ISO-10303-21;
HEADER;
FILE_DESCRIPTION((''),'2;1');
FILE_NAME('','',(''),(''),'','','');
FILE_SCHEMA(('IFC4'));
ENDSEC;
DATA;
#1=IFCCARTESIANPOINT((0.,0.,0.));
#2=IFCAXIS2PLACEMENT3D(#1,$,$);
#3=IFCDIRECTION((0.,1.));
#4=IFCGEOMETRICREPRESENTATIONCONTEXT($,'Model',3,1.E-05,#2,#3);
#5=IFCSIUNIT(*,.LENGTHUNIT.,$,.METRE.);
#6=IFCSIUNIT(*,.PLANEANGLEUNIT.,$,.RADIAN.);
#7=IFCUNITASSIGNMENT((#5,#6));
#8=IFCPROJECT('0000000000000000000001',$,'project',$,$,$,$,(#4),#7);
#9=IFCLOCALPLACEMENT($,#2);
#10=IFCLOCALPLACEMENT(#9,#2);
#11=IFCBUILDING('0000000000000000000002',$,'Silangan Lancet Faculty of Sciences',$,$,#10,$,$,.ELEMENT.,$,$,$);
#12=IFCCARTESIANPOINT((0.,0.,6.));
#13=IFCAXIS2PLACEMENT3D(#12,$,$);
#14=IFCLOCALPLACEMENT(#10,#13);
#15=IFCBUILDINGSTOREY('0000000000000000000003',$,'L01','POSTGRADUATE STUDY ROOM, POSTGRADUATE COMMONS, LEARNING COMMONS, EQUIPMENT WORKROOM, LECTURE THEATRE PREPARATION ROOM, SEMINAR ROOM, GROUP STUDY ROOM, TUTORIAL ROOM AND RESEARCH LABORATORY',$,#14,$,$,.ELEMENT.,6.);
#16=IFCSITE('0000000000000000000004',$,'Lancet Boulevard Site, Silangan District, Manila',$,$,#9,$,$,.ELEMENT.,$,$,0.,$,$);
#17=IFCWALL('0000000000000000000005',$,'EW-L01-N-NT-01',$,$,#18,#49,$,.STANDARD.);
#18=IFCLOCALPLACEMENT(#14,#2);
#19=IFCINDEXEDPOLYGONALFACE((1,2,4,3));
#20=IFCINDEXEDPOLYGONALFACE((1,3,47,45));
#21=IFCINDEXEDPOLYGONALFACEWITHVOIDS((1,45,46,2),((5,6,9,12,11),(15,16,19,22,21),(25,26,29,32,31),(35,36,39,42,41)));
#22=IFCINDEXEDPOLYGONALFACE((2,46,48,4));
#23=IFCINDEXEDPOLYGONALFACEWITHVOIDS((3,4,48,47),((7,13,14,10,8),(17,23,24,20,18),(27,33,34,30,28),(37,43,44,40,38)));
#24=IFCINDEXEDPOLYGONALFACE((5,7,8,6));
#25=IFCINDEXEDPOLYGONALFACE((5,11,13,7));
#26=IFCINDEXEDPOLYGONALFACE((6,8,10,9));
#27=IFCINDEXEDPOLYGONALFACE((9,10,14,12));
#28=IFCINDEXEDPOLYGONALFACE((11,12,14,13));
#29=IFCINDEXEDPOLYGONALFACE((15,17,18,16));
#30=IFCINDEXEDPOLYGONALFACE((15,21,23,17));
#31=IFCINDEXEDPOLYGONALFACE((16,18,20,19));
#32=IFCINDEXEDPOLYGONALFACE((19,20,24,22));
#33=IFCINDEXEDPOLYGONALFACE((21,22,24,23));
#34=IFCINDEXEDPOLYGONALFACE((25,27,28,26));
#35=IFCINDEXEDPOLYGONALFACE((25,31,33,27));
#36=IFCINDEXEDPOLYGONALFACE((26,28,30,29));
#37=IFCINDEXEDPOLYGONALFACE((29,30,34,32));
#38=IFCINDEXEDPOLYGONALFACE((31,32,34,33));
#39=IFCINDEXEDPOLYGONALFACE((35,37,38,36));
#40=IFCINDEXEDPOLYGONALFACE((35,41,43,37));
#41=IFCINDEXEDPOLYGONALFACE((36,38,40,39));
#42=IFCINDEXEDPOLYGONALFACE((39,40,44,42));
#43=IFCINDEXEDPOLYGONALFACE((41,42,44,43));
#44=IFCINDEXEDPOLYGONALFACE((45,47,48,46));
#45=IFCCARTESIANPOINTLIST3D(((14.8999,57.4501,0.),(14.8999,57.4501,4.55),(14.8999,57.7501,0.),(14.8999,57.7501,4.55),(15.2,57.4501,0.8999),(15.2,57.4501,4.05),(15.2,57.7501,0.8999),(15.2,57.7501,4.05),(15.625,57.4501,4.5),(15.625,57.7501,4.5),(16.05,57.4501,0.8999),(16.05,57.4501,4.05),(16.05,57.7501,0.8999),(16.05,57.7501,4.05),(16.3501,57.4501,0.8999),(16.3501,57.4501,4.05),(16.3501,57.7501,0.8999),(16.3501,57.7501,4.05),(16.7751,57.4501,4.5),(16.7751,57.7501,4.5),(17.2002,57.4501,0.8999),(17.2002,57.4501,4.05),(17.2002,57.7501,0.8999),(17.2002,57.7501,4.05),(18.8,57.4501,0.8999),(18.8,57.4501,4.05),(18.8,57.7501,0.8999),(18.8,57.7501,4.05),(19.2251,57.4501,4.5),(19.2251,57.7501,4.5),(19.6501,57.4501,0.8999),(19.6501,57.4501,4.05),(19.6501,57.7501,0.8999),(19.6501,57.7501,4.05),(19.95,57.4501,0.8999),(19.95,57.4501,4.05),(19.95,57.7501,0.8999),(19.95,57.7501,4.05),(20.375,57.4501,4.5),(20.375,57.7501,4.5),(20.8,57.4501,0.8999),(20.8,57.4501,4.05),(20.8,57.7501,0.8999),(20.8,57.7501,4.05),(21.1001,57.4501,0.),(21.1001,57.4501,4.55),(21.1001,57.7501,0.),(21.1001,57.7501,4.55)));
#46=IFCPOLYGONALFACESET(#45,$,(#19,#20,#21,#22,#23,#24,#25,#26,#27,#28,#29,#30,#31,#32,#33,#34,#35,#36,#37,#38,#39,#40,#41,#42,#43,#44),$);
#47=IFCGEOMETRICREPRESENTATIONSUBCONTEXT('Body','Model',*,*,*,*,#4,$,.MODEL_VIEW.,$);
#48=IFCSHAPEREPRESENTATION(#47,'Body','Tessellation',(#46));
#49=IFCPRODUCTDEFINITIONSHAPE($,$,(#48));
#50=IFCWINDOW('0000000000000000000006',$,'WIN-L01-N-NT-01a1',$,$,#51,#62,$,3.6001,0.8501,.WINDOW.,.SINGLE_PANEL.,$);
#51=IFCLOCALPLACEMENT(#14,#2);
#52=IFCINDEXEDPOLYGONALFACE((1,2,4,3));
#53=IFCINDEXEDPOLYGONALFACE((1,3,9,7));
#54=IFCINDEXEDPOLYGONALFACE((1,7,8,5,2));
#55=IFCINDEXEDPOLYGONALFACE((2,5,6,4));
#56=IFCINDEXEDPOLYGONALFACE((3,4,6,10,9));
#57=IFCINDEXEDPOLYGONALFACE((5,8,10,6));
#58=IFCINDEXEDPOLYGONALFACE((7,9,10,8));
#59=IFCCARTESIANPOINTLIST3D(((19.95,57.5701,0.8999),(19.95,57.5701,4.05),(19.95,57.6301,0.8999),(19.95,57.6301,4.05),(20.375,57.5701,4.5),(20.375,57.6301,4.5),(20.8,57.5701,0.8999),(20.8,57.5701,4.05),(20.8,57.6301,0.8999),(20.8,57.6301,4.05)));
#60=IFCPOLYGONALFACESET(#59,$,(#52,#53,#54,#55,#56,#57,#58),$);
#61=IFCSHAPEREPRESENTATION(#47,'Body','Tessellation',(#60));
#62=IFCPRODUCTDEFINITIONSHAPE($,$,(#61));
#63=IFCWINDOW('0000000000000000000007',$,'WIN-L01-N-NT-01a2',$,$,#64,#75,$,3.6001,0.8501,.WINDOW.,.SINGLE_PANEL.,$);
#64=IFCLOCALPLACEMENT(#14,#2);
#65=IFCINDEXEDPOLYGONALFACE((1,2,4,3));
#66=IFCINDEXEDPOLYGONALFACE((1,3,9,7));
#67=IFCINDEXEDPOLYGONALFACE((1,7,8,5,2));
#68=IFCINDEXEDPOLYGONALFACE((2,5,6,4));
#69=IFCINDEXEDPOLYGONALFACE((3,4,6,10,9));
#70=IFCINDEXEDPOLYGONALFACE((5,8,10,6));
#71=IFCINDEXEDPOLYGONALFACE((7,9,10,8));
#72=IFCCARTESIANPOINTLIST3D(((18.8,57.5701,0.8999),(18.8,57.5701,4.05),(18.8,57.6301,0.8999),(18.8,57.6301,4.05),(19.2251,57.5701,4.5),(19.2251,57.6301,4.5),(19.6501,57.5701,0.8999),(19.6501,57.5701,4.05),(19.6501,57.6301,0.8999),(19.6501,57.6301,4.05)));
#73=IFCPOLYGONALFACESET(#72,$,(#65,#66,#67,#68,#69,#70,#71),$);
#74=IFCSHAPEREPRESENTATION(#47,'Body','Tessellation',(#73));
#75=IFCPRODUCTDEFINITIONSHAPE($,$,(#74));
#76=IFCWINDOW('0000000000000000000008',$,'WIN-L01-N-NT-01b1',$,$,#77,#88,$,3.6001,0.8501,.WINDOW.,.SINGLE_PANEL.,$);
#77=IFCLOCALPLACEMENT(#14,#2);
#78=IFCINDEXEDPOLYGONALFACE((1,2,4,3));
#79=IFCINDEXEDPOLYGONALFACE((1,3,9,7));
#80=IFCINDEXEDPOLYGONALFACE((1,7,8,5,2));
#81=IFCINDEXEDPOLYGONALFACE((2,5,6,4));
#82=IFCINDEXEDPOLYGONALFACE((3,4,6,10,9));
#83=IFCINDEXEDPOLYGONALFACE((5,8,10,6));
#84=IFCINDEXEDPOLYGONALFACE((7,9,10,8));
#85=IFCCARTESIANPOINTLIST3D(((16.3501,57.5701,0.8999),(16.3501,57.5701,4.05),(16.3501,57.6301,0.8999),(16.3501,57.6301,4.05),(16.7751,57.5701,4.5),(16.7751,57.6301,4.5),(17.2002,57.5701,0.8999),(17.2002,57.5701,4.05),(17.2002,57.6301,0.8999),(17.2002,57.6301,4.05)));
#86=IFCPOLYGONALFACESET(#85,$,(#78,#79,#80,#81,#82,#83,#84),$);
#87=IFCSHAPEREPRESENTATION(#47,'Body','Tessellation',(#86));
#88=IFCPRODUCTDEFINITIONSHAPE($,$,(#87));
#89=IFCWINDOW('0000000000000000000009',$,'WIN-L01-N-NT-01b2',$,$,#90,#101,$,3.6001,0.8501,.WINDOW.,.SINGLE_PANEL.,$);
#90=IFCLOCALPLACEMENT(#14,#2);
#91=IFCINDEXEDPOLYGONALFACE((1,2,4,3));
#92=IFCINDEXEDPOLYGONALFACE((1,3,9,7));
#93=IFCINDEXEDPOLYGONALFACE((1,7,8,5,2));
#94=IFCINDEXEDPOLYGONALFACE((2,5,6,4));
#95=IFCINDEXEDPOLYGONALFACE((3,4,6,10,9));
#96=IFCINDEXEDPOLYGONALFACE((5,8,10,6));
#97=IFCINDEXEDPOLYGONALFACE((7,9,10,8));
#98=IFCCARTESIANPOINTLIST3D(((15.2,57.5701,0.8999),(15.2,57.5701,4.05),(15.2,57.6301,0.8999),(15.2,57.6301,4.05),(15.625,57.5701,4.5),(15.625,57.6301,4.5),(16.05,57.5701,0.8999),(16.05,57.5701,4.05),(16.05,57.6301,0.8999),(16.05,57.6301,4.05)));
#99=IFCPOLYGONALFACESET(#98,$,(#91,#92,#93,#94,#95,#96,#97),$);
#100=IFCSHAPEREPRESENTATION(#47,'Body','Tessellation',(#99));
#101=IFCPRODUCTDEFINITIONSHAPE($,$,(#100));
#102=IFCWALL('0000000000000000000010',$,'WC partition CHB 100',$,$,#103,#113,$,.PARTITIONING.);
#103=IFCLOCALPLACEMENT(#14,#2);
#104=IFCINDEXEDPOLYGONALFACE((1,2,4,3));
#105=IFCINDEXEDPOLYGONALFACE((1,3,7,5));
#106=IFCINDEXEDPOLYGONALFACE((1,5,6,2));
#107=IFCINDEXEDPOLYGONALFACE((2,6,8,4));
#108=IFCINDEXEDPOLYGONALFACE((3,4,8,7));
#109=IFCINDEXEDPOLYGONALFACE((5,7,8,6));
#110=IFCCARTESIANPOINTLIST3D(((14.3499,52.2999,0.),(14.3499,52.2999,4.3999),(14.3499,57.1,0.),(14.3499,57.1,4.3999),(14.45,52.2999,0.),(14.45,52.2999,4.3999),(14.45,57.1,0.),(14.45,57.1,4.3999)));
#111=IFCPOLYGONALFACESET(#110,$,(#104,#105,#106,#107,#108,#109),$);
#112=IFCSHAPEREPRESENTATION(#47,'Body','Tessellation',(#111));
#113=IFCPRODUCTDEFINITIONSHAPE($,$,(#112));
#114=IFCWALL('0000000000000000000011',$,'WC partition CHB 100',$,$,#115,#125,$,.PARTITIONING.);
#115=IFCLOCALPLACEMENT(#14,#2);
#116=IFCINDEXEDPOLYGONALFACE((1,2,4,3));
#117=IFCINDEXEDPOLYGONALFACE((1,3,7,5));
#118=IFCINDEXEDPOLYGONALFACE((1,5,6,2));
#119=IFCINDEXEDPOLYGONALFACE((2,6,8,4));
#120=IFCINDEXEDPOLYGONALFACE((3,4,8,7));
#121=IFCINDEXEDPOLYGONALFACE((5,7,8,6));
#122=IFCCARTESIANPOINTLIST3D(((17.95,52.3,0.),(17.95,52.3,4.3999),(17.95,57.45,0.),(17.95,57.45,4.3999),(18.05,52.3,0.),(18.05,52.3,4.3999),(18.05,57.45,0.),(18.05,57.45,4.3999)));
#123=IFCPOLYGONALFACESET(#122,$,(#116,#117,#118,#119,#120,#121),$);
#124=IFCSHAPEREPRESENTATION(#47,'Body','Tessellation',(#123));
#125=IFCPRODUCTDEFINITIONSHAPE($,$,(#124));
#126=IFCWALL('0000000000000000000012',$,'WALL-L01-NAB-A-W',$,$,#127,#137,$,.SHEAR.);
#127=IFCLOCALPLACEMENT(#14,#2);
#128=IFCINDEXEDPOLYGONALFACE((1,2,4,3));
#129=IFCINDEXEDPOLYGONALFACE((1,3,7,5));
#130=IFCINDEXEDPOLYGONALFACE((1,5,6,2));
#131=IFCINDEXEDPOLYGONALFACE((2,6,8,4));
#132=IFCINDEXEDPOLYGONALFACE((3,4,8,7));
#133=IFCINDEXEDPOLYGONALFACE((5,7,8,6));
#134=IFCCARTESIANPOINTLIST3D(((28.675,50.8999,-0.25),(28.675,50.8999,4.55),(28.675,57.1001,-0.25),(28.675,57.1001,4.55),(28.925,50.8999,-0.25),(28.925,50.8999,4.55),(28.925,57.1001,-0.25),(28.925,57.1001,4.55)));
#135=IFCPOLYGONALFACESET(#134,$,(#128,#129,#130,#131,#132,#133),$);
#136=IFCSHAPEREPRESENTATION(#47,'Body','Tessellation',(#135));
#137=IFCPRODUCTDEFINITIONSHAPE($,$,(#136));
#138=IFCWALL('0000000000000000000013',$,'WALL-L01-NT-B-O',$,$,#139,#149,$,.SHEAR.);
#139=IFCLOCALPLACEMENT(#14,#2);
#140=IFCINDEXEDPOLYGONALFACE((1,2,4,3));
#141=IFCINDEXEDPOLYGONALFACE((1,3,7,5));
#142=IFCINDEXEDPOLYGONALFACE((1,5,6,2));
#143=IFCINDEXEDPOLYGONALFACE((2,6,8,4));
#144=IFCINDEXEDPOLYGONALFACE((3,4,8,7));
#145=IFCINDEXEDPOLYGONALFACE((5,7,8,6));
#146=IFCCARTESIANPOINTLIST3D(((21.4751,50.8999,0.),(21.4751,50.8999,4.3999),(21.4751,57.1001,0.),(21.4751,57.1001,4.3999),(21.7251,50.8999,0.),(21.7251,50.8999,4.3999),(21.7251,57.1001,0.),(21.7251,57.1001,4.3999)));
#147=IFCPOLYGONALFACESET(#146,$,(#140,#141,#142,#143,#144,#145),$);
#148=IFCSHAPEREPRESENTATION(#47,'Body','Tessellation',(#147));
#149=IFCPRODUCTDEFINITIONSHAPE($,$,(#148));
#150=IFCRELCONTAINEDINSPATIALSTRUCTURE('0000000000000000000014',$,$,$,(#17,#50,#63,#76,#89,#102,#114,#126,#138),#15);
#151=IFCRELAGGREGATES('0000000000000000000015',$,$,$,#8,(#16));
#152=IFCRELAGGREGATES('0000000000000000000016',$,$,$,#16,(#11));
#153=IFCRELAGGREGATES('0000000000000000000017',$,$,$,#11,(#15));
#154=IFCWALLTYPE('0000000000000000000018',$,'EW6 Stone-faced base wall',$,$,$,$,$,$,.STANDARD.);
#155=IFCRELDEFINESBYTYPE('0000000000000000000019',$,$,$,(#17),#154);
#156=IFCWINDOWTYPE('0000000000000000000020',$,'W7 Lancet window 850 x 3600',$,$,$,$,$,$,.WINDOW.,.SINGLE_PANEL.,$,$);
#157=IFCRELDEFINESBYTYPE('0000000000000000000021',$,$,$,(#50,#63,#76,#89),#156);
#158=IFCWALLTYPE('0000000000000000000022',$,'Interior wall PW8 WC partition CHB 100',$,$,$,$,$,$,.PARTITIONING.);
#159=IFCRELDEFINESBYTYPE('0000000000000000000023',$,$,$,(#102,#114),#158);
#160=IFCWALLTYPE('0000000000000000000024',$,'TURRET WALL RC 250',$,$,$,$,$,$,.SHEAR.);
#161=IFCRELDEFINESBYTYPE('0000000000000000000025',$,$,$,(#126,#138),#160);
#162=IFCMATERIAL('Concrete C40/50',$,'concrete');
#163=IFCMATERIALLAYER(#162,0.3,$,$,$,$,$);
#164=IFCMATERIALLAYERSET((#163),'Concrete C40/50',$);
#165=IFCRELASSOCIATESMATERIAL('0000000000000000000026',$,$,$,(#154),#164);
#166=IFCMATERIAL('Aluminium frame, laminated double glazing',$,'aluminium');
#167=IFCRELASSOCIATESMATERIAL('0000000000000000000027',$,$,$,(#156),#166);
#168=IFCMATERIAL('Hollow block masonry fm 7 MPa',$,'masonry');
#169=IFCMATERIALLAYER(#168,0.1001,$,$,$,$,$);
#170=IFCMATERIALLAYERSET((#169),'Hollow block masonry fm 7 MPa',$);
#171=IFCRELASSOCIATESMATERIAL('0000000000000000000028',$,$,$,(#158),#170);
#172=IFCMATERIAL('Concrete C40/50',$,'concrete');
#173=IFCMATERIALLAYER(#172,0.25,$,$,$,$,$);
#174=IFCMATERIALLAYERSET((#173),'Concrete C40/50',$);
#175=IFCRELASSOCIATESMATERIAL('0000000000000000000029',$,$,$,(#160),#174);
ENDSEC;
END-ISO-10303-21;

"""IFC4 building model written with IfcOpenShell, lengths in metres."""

from ifc_helpers import new_model, si_unit, direction, frame, frame_2d, origin, place, context, subcontext, project, spatial, polyline, rectangle, outline, extrude, material, layer, layer_set, type_object, element, fill, save


model = new_model("IFC4")

# Units and contexts
model_context = context("Model", 3, precision=1e-05, world=origin(), true_north=direction((0.0, 1.0)))
body_context = subcontext(model_context, "Body", "Model", "MODEL_VIEW")
ifc_project = project(units=[si_unit("LENGTHUNIT", "METRE"), si_unit("PLANEANGLEUNIT", "RADIAN")], contexts=[model_context])

# Site, building, storey
site_placement = place(None, origin())
site = spatial("IfcSite", under=ifc_project, at=site_placement, Name="Lancet Boulevard Site, Silangan District, Manila", CompositionType="ELEMENT", RefElevation=0.0)
building_placement = place(site_placement, origin())
building = spatial("IfcBuilding", under=site, at=building_placement, Name="Silangan Lancet Faculty of Sciences", CompositionType="ELEMENT")
storey_placement = place(building_placement, frame((0.0, 0.0, 6.0)))
storey = spatial("IfcBuildingStorey", under=building, at=storey_placement, Name="L01", Description="POSTGRADUATE STUDY ROOM, POSTGRADUATE COMMONS, LEARNING COMMONS, EQUIPMENT WORKROOM, LECTURE THEATRE PREPARATION ROOM, SEMINAR ROOM, GROUP STUDY ROOM, TUTORIAL ROOM AND RESEARCH LABORATORY", CompositionType="ELEMENT", Elevation=6.0)

# Wall, openings, windows
ifc_material_1 = material(Name="Concrete C40/50", Category="concrete")
ifc_layer_1 = layer(ifc_material_1, 0.3)
ifc_layer_set_1 = layer_set([ifc_layer_1], Name="Concrete C40/50")
wall_type_1 = type_object("IfcWallType", Name="EW6 Stone-faced base wall", PredefinedType="STANDARD", material=ifc_layer_set_1)
wall_1_placement = place(storey_placement, frame((21.1001, 57.6001, 0.0), z_axis=(0.0, 0.0, 1.0), x_axis=(-1.0, 0.0, 0.0)))
wall_1 = element("IfcWall", 1, at=wall_1_placement, inside=storey, type_object=wall_type_1, Name="EW-L01-N-NT-01", PredefinedType="STANDARD", context=body_context, shape_type="SweptSolid", body=[
    extrude(rectangle(XDim=6.2002, YDim=0.3, at=frame_2d((3.1001, 0.0))), origin(), (0.0, 0.0, 1.0), 4.55),
])
opening_1_placement = place(wall_1_placement, frame((0.3, 0.0, 0.8999)))
opening_1 = element("IfcOpeningElement", 2, at=opening_1_placement, cuts=wall_1, PredefinedType="OPENING", context=body_context, shape_type="SweptSolid", body=[
    extrude(outline(polyline([(0.0, 0.0), (0.8501, 0.0), (0.8501, 3.1501), (0.425, 3.6001), (0.0, 3.1501), (0.0, 0.0)])), frame((0.0, 0.1599, 0.0), z_axis=(0.0, -1.0, 0.0), x_axis=(1.0, 0.0, 0.0)), (0.0, 0.0, 1.0), 0.3201),
])
opening_2_placement = place(wall_1_placement, frame((1.45, 0.0, 0.8999)))
opening_2 = element("IfcOpeningElement", 3, at=opening_2_placement, cuts=wall_1, PredefinedType="OPENING", context=body_context, shape_type="SweptSolid", body=[
    extrude(outline(polyline([(0.0, 0.0), (0.8501, 0.0), (0.8501, 3.1501), (0.425, 3.6001), (0.0, 3.1501), (0.0, 0.0)])), frame((0.0, 0.1599, 0.0), z_axis=(0.0, -1.0, 0.0), x_axis=(1.0, 0.0, 0.0)), (0.0, 0.0, 1.0), 0.3201),
])
opening_3_placement = place(wall_1_placement, frame((3.8999, 0.0, 0.8999)))
opening_3 = element("IfcOpeningElement", 4, at=opening_3_placement, cuts=wall_1, PredefinedType="OPENING", context=body_context, shape_type="SweptSolid", body=[
    extrude(outline(polyline([(0.0, 0.0), (0.8501, 0.0), (0.8501, 3.1501), (0.425, 3.6001), (0.0, 3.1501), (0.0, 0.0)])), frame((0.0, 0.1599, 0.0), z_axis=(0.0, -1.0, 0.0), x_axis=(1.0, 0.0, 0.0)), (0.0, 0.0, 1.0), 0.3201),
])
opening_4_placement = place(wall_1_placement, frame((5.05, 0.0, 0.8999)))
opening_4 = element("IfcOpeningElement", 5, at=opening_4_placement, cuts=wall_1, PredefinedType="OPENING", context=body_context, shape_type="SweptSolid", body=[
    extrude(outline(polyline([(0.0, 0.0), (0.8501, 0.0), (0.8501, 3.1501), (0.425, 3.6001), (0.0, 3.1501), (0.0, 0.0)])), frame((0.0, 0.1599, 0.0), z_axis=(0.0, -1.0, 0.0), x_axis=(1.0, 0.0, 0.0)), (0.0, 0.0, 1.0), 0.3201),
])
ifc_material_2 = material(Name="Aluminium frame, laminated double glazing", Category="aluminium")
window_type_1 = type_object("IfcWindowType", Name="W7 Lancet window 850 x 3600", PartitioningType="SINGLE_PANEL", PredefinedType="WINDOW", material=ifc_material_2)
window_1_placement = place(opening_1_placement, origin())
window_1 = element("IfcWindow", 6, at=window_1_placement, inside=storey, type_object=window_type_1, Name="WIN-L01-N-NT-01a1", OverallHeight=3.6001, OverallWidth=0.8501, PartitioningType="SINGLE_PANEL", PredefinedType="WINDOW", context=body_context, shape_type="SweptSolid", body=[
    extrude(outline(polyline([(0.0, 0.0), (0.8501, 0.0), (0.8501, 3.1501), (0.425, 3.6001), (0.0, 3.1501), (0.0, 0.0)])), frame((0.0, 0.03, 0.0), z_axis=(0.0, -1.0, 0.0), x_axis=(1.0, 0.0, 0.0)), (0.0, 0.0, 1.0), 0.0601),
])
fill(opening_1, window_1)
window_2_placement = place(opening_2_placement, origin())
window_2 = element("IfcWindow", 7, at=window_2_placement, inside=storey, type_object=window_type_1, Name="WIN-L01-N-NT-01a2", OverallHeight=3.6001, OverallWidth=0.8501, PartitioningType="SINGLE_PANEL", PredefinedType="WINDOW", context=body_context, shape_type="SweptSolid", body=[
    extrude(outline(polyline([(0.0, 0.0), (0.8501, 0.0), (0.8501, 3.1501), (0.425, 3.6001), (0.0, 3.1501), (0.0, 0.0)])), frame((0.0, 0.03, 0.0), z_axis=(0.0, -1.0, 0.0), x_axis=(1.0, 0.0, 0.0)), (0.0, 0.0, 1.0), 0.0601),
])
fill(opening_2, window_2)
window_3_placement = place(opening_3_placement, origin())
window_3 = element("IfcWindow", 8, at=window_3_placement, inside=storey, type_object=window_type_1, Name="WIN-L01-N-NT-01b1", OverallHeight=3.6001, OverallWidth=0.8501, PartitioningType="SINGLE_PANEL", PredefinedType="WINDOW", context=body_context, shape_type="SweptSolid", body=[
    extrude(outline(polyline([(0.0, 0.0), (0.8501, 0.0), (0.8501, 3.1501), (0.425, 3.6001), (0.0, 3.1501), (0.0, 0.0)])), frame((0.0, 0.03, 0.0), z_axis=(0.0, -1.0, 0.0), x_axis=(1.0, 0.0, 0.0)), (0.0, 0.0, 1.0), 0.0601),
])
fill(opening_3, window_3)
window_4_placement = place(opening_4_placement, origin())
window_4 = element("IfcWindow", 9, at=window_4_placement, inside=storey, type_object=window_type_1, Name="WIN-L01-N-NT-01b2", OverallHeight=3.6001, OverallWidth=0.8501, PartitioningType="SINGLE_PANEL", PredefinedType="WINDOW", context=body_context, shape_type="SweptSolid", body=[
    extrude(outline(polyline([(0.0, 0.0), (0.8501, 0.0), (0.8501, 3.1501), (0.425, 3.6001), (0.0, 3.1501), (0.0, 0.0)])), frame((0.0, 0.03, 0.0), z_axis=(0.0, -1.0, 0.0), x_axis=(1.0, 0.0, 0.0)), (0.0, 0.0, 1.0), 0.0601),
])
fill(opening_4, window_4)

# Walls
ifc_material_3 = material(Name="Hollow block masonry fm 7 MPa", Category="masonry")
ifc_layer_2 = layer(ifc_material_3, 0.1001)
ifc_layer_set_2 = layer_set([ifc_layer_2], Name="Hollow block masonry fm 7 MPa")
wall_type_2 = type_object("IfcWallType", Name="Interior wall PW8 WC partition CHB 100", PredefinedType="PARTITIONING", material=ifc_layer_set_2)
wall_2_placement = place(storey_placement, frame((14.3999, 52.3, 0.0), z_axis=(0.0, 0.0, 1.0), x_axis=(0.0, 1.0, 0.0)))
element("IfcWall", 10, at=wall_2_placement, inside=storey, type_object=wall_type_2, Name="WC partition CHB 100", PredefinedType="PARTITIONING", context=body_context, shape_type="SweptSolid", body=[
    extrude(rectangle(XDim=4.8, YDim=0.1001, at=frame_2d((2.3999, 0.0))), origin(), (0.0, 0.0, 1.0), 4.3999),
])
wall_3_placement = place(storey_placement, frame((18.0, 52.3, 0.0), z_axis=(0.0, 0.0, 1.0), x_axis=(0.0, 1.0, 0.0)))
element("IfcWall", 11, at=wall_3_placement, inside=storey, type_object=wall_type_2, Name="WC partition CHB 100", PredefinedType="PARTITIONING", context=body_context, shape_type="SweptSolid", body=[
    extrude(rectangle(XDim=5.1499, YDim=0.1001, at=frame_2d((2.575, 0.0))), origin(), (0.0, 0.0, 1.0), 4.3999),
])
ifc_material_4 = material(Name="Concrete C40/50", Category="concrete")
ifc_layer_3 = layer(ifc_material_4, 0.25)
ifc_layer_set_3 = layer_set([ifc_layer_3], Name="Concrete C40/50")
wall_type_3 = type_object("IfcWallType", Name="TURRET WALL RC 250", PredefinedType="SHEAR", material=ifc_layer_set_3)
wall_4_placement = place(storey_placement, frame((28.8, 50.8999, -0.25), z_axis=(0.0, 0.0, 1.0), x_axis=(0.0, 1.0, 0.0)))
element("IfcWall", 12, at=wall_4_placement, inside=storey, type_object=wall_type_3, Name="WALL-L01-NAB-A-W", PredefinedType="SHEAR", context=body_context, shape_type="SweptSolid", body=[
    extrude(rectangle(XDim=6.2002, YDim=0.25, at=frame_2d((3.1001, 0.0))), origin(), (0.0, 0.0, 1.0), 4.8),
])
wall_5_placement = place(storey_placement, frame((21.6001, 50.8999, 0.0), z_axis=(0.0, 0.0, 1.0), x_axis=(0.0, 1.0, 0.0)))
element("IfcWall", 13, at=wall_5_placement, inside=storey, type_object=wall_type_3, Name="WALL-L01-NT-B-O", PredefinedType="SHEAR", context=body_context, shape_type="SweptSolid", body=[
    extrude(rectangle(XDim=6.2002, YDim=0.25, at=frame_2d((3.1001, 0.0))), origin(), (0.0, 0.0, 1.0), 4.3999),
])

save(model, "model.ifc")
